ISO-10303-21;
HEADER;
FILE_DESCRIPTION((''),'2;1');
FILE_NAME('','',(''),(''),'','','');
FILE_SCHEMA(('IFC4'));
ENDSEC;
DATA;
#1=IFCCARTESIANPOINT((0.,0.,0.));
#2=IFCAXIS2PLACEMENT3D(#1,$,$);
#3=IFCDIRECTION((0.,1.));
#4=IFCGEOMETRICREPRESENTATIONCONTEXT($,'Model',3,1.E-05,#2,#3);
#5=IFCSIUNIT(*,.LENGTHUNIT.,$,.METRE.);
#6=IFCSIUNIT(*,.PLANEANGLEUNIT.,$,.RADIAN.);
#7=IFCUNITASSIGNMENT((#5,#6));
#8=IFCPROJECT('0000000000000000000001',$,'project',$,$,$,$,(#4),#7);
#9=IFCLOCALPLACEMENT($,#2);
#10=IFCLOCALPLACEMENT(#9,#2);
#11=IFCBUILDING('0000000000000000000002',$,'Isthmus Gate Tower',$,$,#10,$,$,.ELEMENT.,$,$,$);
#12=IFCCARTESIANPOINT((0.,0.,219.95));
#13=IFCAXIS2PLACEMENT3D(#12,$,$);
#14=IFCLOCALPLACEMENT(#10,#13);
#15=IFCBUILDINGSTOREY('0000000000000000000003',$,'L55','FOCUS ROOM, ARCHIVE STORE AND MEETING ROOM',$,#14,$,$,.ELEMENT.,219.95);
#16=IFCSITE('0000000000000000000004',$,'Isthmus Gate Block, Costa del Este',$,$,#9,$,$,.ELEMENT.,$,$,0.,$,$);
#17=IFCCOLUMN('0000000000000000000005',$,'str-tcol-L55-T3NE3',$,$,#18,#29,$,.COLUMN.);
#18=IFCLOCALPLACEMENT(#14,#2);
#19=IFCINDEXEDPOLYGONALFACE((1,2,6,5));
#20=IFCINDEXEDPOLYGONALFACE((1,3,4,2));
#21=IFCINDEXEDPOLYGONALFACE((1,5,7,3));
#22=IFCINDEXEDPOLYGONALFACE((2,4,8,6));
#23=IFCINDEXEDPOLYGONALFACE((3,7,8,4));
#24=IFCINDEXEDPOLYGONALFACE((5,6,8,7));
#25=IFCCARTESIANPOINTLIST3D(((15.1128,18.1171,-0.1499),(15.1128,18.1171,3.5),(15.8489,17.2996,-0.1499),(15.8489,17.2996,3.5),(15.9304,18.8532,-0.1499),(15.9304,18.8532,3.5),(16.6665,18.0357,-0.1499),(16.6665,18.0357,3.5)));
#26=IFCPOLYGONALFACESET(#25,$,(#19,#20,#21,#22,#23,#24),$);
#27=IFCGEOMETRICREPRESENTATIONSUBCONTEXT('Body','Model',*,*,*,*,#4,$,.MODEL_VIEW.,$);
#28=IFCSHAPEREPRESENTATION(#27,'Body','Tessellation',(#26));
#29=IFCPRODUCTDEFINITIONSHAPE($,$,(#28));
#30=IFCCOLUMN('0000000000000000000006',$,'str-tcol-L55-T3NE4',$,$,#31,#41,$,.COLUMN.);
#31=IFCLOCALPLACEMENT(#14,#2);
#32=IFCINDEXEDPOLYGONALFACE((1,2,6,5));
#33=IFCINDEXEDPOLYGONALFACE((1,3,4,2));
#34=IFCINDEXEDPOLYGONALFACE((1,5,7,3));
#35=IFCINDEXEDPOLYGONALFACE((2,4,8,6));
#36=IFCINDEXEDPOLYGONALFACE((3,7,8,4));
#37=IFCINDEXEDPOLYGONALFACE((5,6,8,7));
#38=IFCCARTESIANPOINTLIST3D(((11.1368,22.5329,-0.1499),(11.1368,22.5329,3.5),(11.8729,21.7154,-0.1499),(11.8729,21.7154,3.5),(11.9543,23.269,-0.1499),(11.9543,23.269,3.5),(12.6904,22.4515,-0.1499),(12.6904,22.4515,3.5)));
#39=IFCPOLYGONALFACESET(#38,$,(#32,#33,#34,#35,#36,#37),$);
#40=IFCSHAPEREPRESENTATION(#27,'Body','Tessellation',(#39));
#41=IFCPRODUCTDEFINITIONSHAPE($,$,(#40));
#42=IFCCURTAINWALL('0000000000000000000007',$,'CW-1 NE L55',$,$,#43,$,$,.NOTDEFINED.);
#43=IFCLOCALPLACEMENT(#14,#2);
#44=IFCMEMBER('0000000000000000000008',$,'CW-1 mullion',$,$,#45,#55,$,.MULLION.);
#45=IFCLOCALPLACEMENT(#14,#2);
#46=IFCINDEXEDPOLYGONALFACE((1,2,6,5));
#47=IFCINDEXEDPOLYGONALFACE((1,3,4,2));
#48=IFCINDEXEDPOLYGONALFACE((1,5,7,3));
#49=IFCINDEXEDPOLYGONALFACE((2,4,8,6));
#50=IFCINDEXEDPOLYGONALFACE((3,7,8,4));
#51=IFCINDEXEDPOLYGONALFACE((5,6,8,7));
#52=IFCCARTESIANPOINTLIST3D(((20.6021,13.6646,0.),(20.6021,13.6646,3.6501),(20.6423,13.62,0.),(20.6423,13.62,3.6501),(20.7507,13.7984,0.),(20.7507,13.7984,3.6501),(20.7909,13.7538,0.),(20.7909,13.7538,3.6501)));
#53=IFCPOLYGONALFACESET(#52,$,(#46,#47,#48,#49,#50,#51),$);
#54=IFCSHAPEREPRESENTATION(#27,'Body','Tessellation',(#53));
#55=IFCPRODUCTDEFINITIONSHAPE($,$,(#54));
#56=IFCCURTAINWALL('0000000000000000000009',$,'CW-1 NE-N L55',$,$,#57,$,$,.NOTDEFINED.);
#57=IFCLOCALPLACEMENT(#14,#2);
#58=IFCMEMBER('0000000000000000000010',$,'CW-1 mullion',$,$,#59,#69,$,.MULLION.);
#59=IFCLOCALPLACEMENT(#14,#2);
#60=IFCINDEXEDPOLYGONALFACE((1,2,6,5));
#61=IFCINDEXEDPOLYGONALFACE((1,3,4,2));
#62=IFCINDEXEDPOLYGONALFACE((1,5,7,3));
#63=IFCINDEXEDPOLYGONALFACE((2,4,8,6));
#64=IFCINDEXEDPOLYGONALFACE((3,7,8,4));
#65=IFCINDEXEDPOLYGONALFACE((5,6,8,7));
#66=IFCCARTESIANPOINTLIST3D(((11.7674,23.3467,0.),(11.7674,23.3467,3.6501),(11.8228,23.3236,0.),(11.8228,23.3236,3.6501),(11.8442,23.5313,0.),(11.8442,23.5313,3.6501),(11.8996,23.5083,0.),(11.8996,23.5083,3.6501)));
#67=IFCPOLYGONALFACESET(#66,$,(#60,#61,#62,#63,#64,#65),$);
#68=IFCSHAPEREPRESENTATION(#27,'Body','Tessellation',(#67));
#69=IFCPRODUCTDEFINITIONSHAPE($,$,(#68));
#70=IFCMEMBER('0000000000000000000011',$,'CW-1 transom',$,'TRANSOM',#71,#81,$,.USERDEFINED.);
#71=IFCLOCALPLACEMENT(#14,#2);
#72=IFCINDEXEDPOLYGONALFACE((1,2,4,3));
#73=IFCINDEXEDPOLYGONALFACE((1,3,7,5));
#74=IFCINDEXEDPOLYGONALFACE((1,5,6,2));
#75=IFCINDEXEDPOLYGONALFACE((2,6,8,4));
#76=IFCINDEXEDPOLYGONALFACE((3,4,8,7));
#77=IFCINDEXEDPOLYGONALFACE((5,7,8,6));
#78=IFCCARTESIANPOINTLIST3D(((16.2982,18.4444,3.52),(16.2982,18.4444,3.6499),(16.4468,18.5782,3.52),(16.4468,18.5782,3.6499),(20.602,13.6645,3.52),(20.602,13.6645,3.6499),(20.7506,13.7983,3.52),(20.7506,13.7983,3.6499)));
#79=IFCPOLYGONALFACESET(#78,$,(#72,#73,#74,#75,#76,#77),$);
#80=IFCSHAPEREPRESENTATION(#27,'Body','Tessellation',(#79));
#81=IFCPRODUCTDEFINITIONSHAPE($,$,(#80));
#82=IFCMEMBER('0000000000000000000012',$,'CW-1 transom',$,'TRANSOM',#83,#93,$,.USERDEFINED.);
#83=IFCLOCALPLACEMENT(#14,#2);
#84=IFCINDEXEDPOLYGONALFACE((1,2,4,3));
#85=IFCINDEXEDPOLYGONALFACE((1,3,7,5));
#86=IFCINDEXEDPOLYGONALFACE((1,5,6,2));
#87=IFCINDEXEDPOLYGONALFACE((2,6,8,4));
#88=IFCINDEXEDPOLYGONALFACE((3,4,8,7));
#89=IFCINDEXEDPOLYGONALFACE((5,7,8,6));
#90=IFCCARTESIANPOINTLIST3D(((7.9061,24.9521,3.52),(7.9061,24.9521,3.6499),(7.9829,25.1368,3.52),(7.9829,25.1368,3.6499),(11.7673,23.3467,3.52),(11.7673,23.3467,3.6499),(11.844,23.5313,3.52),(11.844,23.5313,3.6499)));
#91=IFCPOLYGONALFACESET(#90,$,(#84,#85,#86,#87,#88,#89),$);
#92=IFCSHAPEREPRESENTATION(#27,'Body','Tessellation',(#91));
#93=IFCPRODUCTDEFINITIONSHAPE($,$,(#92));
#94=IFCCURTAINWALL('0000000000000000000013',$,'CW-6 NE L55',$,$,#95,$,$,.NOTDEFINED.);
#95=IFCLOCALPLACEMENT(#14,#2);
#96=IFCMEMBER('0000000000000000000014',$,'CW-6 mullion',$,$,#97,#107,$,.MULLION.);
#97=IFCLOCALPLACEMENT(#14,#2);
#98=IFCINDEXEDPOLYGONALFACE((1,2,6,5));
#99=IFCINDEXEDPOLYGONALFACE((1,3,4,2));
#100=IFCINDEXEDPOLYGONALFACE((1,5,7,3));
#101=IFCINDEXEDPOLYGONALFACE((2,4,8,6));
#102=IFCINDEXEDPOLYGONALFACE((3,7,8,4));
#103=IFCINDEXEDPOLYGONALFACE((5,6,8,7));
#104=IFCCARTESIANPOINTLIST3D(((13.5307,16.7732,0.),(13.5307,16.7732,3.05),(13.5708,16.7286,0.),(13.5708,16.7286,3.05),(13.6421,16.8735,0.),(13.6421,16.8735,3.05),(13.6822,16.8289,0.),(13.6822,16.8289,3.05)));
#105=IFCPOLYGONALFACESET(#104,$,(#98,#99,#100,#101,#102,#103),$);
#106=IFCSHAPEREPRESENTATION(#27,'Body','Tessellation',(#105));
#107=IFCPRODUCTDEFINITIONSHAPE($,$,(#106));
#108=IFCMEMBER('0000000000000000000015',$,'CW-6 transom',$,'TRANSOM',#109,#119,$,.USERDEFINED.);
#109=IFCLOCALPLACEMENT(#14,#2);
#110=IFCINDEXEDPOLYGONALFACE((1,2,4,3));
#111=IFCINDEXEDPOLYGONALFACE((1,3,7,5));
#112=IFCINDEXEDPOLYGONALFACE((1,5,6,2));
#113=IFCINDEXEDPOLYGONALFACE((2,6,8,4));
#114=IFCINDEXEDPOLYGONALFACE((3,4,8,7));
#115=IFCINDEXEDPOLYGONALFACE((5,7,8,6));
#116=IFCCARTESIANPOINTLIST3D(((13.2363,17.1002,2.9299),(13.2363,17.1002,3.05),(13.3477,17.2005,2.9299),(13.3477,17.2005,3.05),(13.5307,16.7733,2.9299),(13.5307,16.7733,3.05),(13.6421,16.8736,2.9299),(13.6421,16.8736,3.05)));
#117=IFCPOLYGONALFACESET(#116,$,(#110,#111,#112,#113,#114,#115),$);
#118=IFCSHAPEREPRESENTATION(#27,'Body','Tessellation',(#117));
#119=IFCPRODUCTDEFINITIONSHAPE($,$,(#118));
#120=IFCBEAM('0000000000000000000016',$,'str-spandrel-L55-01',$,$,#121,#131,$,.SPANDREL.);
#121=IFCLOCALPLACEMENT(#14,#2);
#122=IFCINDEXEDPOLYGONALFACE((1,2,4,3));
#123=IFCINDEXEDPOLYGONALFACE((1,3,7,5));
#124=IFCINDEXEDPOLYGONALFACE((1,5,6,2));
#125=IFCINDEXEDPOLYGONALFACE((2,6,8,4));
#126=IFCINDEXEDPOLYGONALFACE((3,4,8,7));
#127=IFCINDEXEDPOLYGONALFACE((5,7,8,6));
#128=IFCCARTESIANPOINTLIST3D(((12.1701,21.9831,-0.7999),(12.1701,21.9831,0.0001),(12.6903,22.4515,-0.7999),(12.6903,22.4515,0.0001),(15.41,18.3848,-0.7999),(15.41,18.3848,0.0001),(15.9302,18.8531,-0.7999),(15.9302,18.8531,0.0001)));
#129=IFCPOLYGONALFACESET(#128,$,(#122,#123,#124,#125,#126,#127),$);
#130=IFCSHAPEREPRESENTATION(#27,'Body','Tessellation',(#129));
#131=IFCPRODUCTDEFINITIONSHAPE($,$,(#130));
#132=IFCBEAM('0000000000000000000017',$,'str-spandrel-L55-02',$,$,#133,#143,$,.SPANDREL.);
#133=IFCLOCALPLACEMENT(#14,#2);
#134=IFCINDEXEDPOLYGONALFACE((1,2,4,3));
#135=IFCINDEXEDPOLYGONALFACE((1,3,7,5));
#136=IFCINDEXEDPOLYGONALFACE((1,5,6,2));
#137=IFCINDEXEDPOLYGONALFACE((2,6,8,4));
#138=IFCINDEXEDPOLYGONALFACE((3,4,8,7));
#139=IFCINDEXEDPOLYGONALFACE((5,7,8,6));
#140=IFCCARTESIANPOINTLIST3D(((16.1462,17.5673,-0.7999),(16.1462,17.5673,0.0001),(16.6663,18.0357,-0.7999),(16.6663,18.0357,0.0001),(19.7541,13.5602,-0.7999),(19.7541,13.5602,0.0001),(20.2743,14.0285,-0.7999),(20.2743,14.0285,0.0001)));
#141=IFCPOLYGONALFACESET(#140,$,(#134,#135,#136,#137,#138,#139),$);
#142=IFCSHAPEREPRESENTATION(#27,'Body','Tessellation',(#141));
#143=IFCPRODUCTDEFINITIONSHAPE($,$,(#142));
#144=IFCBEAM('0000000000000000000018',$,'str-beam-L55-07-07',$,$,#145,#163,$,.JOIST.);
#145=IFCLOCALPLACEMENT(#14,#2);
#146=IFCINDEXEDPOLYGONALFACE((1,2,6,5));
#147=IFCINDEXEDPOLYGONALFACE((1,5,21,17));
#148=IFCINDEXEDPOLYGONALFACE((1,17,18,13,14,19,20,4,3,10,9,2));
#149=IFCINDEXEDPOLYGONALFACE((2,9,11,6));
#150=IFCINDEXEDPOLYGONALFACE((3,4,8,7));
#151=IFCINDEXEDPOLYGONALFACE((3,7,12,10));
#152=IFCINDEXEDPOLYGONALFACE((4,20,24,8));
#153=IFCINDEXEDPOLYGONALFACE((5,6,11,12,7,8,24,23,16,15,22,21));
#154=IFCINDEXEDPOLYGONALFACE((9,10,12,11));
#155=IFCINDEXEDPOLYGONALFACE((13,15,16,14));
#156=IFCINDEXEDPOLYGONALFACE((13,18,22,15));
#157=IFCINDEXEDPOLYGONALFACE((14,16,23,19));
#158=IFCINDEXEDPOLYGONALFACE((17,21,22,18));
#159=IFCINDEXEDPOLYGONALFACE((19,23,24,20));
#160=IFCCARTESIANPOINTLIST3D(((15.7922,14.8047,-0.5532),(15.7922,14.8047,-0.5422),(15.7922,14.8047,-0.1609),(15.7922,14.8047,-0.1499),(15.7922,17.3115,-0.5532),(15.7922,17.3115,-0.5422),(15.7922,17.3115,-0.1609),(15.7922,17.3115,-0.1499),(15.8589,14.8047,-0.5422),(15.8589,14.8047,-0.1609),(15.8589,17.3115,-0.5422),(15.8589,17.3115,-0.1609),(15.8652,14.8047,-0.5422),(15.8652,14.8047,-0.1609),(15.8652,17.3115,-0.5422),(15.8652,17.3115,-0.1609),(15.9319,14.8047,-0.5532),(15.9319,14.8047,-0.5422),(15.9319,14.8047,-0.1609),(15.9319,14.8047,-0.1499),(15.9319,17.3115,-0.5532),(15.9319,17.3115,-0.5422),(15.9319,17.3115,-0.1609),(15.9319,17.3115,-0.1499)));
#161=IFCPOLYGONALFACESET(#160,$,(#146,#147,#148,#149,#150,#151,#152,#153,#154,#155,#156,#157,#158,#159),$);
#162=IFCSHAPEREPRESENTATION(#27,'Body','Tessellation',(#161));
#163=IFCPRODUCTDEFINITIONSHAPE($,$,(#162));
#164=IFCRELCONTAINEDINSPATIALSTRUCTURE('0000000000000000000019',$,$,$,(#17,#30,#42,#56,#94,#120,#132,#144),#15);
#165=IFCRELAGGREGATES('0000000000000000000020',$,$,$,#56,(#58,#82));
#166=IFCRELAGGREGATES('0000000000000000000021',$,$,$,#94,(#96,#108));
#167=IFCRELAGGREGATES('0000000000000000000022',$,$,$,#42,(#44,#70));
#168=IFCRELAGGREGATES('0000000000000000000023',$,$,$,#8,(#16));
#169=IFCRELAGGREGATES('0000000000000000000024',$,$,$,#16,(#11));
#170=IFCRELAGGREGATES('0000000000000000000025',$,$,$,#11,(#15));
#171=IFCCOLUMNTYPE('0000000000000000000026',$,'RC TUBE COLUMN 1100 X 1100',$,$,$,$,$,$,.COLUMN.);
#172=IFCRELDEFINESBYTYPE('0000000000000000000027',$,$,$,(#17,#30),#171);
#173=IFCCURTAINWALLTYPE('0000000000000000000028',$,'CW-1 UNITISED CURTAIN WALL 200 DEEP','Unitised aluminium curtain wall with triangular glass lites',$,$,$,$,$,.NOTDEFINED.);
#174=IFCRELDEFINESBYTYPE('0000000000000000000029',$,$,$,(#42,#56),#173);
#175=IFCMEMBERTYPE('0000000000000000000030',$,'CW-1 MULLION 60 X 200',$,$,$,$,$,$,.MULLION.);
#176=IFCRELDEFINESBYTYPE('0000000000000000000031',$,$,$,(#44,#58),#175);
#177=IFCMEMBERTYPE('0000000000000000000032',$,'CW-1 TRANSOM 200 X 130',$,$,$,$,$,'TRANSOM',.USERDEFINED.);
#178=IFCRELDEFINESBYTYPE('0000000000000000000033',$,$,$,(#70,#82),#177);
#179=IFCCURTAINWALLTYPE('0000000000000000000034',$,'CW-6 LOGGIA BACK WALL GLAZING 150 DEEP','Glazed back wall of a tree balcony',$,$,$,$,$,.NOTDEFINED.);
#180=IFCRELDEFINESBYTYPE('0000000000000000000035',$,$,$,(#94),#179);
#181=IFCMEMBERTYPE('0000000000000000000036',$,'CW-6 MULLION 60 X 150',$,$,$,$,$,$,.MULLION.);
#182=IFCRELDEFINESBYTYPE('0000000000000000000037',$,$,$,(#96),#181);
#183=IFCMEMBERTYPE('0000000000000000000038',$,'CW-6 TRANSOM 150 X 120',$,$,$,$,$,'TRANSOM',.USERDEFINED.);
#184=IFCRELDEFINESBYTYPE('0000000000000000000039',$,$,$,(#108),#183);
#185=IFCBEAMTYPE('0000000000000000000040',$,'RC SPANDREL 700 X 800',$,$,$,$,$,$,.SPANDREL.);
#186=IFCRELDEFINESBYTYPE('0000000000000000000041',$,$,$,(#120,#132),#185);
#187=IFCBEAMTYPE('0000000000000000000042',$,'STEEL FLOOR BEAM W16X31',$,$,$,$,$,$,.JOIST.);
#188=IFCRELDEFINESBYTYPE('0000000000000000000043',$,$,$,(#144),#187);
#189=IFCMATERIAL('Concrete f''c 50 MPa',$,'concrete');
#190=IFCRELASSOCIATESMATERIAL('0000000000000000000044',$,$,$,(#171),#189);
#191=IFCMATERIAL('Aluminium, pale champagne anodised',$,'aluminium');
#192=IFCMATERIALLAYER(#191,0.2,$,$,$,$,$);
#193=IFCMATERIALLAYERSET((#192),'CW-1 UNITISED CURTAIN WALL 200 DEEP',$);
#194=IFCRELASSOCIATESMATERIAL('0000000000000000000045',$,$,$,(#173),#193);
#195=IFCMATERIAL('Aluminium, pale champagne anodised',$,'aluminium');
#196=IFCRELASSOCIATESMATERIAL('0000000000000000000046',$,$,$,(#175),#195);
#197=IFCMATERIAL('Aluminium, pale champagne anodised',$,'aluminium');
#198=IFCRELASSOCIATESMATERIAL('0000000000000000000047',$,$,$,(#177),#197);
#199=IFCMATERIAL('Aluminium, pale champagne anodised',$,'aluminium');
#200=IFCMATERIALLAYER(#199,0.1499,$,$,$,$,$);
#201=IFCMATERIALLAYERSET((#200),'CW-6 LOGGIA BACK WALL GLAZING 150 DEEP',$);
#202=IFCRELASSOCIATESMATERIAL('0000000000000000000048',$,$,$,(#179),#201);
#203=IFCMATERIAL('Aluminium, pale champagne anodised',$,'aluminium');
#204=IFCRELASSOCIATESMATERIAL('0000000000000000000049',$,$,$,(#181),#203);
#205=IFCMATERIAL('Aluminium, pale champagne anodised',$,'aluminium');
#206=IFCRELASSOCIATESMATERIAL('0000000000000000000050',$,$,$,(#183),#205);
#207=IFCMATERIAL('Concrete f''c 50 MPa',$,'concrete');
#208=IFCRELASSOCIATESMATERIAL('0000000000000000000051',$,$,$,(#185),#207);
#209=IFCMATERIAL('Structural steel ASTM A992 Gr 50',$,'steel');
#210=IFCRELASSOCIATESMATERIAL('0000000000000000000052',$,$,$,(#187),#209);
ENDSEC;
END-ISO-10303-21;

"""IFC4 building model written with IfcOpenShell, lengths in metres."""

from ifc_helpers import new_model, si_unit, direction, frame, origin, origin_2d, place, context, subcontext, project, spatial, rectangle, i_section, extrude, material, layer, layer_set, material_profile, profile_set, type_object, element, aggregate, save


model = new_model("IFC4")

# Units and contexts
model_context = context("Model", 3, precision=1e-05, world=origin(), true_north=direction((0.0, 1.0)))
body_context = subcontext(model_context, "Body", "Model", "MODEL_VIEW")
ifc_project = project(units=[si_unit("LENGTHUNIT", "METRE"), si_unit("PLANEANGLEUNIT", "RADIAN")], contexts=[model_context])

# Site, building, storey
site_placement = place(None, origin())
site = spatial("IfcSite", under=ifc_project, at=site_placement, Name="Isthmus Gate Block, Costa del Este", CompositionType="ELEMENT", RefElevation=0.0)
building_placement = place(site_placement, origin())
building = spatial("IfcBuilding", under=site, at=building_placement, Name="Isthmus Gate Tower", CompositionType="ELEMENT")
storey_placement = place(building_placement, frame((0.0, 0.0, 219.95)))
storey = spatial("IfcBuildingStorey", under=building, at=storey_placement, Name="L55", Description="FOCUS ROOM, ARCHIVE STORE AND MEETING ROOM", CompositionType="ELEMENT", Elevation=219.95)

# Columns
ifc_material_1 = material(Name="Concrete f'c 50 MPa", Category="concrete")
ifc_material_profile_1 = material_profile(ifc_material_1, rectangle(XDim=1.1001, YDim=1.1001, at=origin_2d()), Name="RC 1100X1100")
ifc_profile_set_1 = profile_set([ifc_material_profile_1], Name="Concrete f'c 50 MPa")
column_type = type_object("IfcColumnType", Name="RC TUBE COLUMN 1100 X 1100", PredefinedType="COLUMN", material=ifc_profile_set_1)
for number, where, z_axis, x_axis, name in (
    (1, (15.8896, 18.0764, -0.1499), (0.0, 0.0, 1.0), (-0.669131, 0.743145, 0.0), "str-tcol-L55-T3NE3"),
    (2, (11.9136, 22.4922, -0.1499), (0.0, 0.0, 1.0), (-0.669131, 0.743145, 0.0), "str-tcol-L55-T3NE4"),
):
    element("IfcColumn", number, at=place(storey_placement, frame(where, z_axis=z_axis, x_axis=x_axis)), inside=storey, type_object=column_type, Name=name, PredefinedType="COLUMN", context=body_context, shape_type="SweptSolid", body=[
        extrude(rectangle(XDim=1.1001, YDim=1.1001, at=origin_2d()), origin(), (0.0, 0.0, 1.0), 3.6499),
    ])

# Curtain walls, members
ifc_material_2 = material(Name="Aluminium, pale champagne anodised", Category="aluminium")
ifc_layer_1 = layer(ifc_material_2, 0.2)
ifc_layer_set_1 = layer_set([ifc_layer_1], Name="CW-1 UNITISED CURTAIN WALL 200 DEEP")
curtain_wall_type_1 = type_object("IfcCurtainWallType", Name="CW-1 UNITISED CURTAIN WALL 200 DEEP", Description="Unitised aluminium curtain wall with triangular glass lites", PredefinedType="NOTDEFINED", material=ifc_layer_set_1)
curtain_wall_1_placement = place(storey_placement, origin())
curtain_wall_1 = element("IfcCurtainWall", 3, at=curtain_wall_1_placement, inside=storey, type_object=curtain_wall_type_1, Name="CW-1 NE L55", PredefinedType="NOTDEFINED")
ifc_material_3 = material(Name="Aluminium, pale champagne anodised", Category="aluminium")
ifc_material_profile_2 = material_profile(ifc_material_3, rectangle(XDim=0.0601, YDim=0.2, at=origin_2d()), Name="60x200")
ifc_profile_set_2 = profile_set([ifc_material_profile_2], Name="Aluminium, pale champagne anodised")
member_type_1 = type_object("IfcMemberType", Name="CW-1 MULLION 60 X 200", PredefinedType="MULLION", material=ifc_profile_set_2)
member_1_placement = place(storey_placement, frame((20.6965, 13.7092, 0.0), z_axis=(0.0, 0.0, 1.0), x_axis=(-0.669131, 0.743145, 0.0)))
member_1 = element("IfcMember", 4, at=member_1_placement, type_object=member_type_1, Name="CW-1 mullion", PredefinedType="MULLION", context=body_context, shape_type="SweptSolid", body=[
    extrude(rectangle(XDim=0.0601, YDim=0.2, at=origin_2d()), origin(), (0.0, 0.0, 1.0), 3.6501),
])
curtain_wall_2_placement = place(storey_placement, origin())
curtain_wall_2 = element("IfcCurtainWall", 5, at=curtain_wall_2_placement, inside=storey, type_object=curtain_wall_type_1, Name="CW-1 NE-N L55", PredefinedType="NOTDEFINED")
member_2_placement = place(storey_placement, frame((11.8335, 23.4275, 0.0), z_axis=(0.0, 0.0, 1.0), x_axis=(-0.923353, 0.383952, 0.0)))
member_2 = element("IfcMember", 6, at=member_2_placement, type_object=member_type_1, Name="CW-1 mullion", PredefinedType="MULLION", context=body_context, shape_type="SweptSolid", body=[
    extrude(rectangle(XDim=0.0601, YDim=0.2, at=origin_2d()), origin(), (0.0, 0.0, 1.0), 3.6501),
])

# Members
ifc_material_4 = material(Name="Aluminium, pale champagne anodised", Category="aluminium")
ifc_material_profile_3 = material_profile(ifc_material_4, rectangle(XDim=0.2, YDim=0.1299, at=origin_2d()), Name="200x130")
ifc_profile_set_3 = profile_set([ifc_material_profile_3], Name="Aluminium, pale champagne anodised")
member_type_2 = type_object("IfcMemberType", Name="CW-1 TRANSOM 200 X 130", ElementType="TRANSOM", PredefinedType="USERDEFINED", material=ifc_profile_set_3)
member_3_placement = place(storey_placement, frame((20.6763, 13.7314, 3.585), z_axis=(-0.669128, 0.743147, 0.0), x_axis=(-0.743147, -0.669128, 0.0)))
member_3 = element("IfcMember", 7, at=member_3_placement, type_object=member_type_2, Name="CW-1 transom", ObjectType="TRANSOM", PredefinedType="USERDEFINED", context=body_context, shape_type="SweptSolid", body=[
    extrude(rectangle(XDim=0.2, YDim=0.1299, at=origin_2d()), origin(), (0.0, 0.0, 1.0), 6.4319),
])
member_4_placement = place(storey_placement, frame((11.8057, 23.439, 3.585), z_axis=(-0.923358, 0.38394, 0.0), x_axis=(-0.38394, -0.923358, 0.0)))
member_4 = element("IfcMember", 8, at=member_4_placement, type_object=member_type_2, Name="CW-1 transom", ObjectType="TRANSOM", PredefinedType="USERDEFINED", context=body_context, shape_type="SweptSolid", body=[
    extrude(rectangle(XDim=0.2, YDim=0.1299, at=origin_2d()), origin(), (0.0, 0.0, 1.0), 4.1816),
])
aggregate(curtain_wall_2, [member_2, member_4])

# Curtain wall, members
ifc_material_5 = material(Name="Aluminium, pale champagne anodised", Category="aluminium")
ifc_layer_2 = layer(ifc_material_5, 0.1499)
ifc_layer_set_2 = layer_set([ifc_layer_2], Name="CW-6 LOGGIA BACK WALL GLAZING 150 DEEP")
curtain_wall_type_2 = type_object("IfcCurtainWallType", Name="CW-6 LOGGIA BACK WALL GLAZING 150 DEEP", Description="Glazed back wall of a tree balcony", PredefinedType="NOTDEFINED", material=ifc_layer_set_2)
curtain_wall_3_placement = place(storey_placement, origin())
curtain_wall_3 = element("IfcCurtainWall", 9, at=curtain_wall_3_placement, inside=storey, type_object=curtain_wall_type_2, Name="CW-6 NE L55", PredefinedType="NOTDEFINED")
ifc_material_6 = material(Name="Aluminium, pale champagne anodised", Category="aluminium")
ifc_material_profile_4 = material_profile(ifc_material_6, rectangle(XDim=0.0601, YDim=0.1499, at=origin_2d()), Name="60x150")
ifc_profile_set_4 = profile_set([ifc_material_profile_4], Name="Aluminium, pale champagne anodised")
member_type_3 = type_object("IfcMemberType", Name="CW-6 MULLION 60 X 150", PredefinedType="MULLION", material=ifc_profile_set_4)
member_5_placement = place(storey_placement, frame((13.6064, 16.801, 0.0), z_axis=(0.0, 0.0, 1.0), x_axis=(-0.669131, 0.743145, 0.0)))
member_5 = element("IfcMember", 10, at=member_5_placement, type_object=member_type_3, Name="CW-6 mullion", PredefinedType="MULLION", context=body_context, shape_type="SweptSolid", body=[
    extrude(rectangle(XDim=0.0601, YDim=0.1499, at=origin_2d()), origin(), (0.0, 0.0, 1.0), 3.05),
])
ifc_material_7 = material(Name="Aluminium, pale champagne anodised", Category="aluminium")
ifc_material_profile_5 = material_profile(ifc_material_7, rectangle(XDim=0.1499, YDim=0.1201, at=origin_2d()), Name="150x120")
ifc_profile_set_5 = profile_set([ifc_material_profile_5], Name="Aluminium, pale champagne anodised")
member_type_4 = type_object("IfcMemberType", Name="CW-6 TRANSOM 150 X 120", ElementType="TRANSOM", PredefinedType="USERDEFINED", material=ifc_profile_set_5)
member_6_placement = place(storey_placement, frame((13.5864, 16.8235, 2.99), z_axis=(-0.669241, 0.743046, 0.0), x_axis=(-0.743046, -0.669241, 0.0)))
member_6 = element("IfcMember", 11, at=member_6_placement, type_object=member_type_4, Name="CW-6 transom", ObjectType="TRANSOM", PredefinedType="USERDEFINED", context=body_context, shape_type="SweptSolid", body=[
    extrude(rectangle(XDim=0.1499, YDim=0.1201, at=origin_2d()), origin(), (0.0, 0.0, 1.0), 0.4399),
])

# Beams
ifc_material_8 = material(Name="Concrete f'c 50 MPa", Category="concrete")
ifc_material_profile_6 = material_profile(ifc_material_8, rectangle(XDim=0.7, YDim=0.8, at=origin_2d()), Name="RC 700X800")
ifc_profile_set_6 = profile_set([ifc_material_profile_6], Name="Concrete f'c 50 MPa")
beam_type_1 = type_object("IfcBeamType", Name="RC SPANDREL 700 X 800", PredefinedType="SPANDREL", material=ifc_profile_set_6)
beam_1_placement = place(storey_placement, frame((12.4302, 22.2173, -0.3999), z_axis=(0.669129, -0.743146, 0.0), x_axis=(0.743146, 0.669129, 0.0)))
element("IfcBeam", 12, at=beam_1_placement, inside=storey, type_object=beam_type_1, Name="str-spandrel-L55-01", PredefinedType="SPANDREL", context=body_context, shape_type="SweptSolid", body=[
    extrude(rectangle(XDim=0.7, YDim=0.8, at=origin_2d()), origin(), (0.0, 0.0, 1.0), 4.842),
])
beam_2_placement = place(storey_placement, frame((16.4062, 17.8015, -0.3999), z_axis=(0.669122, -0.743152, 0.0), x_axis=(0.743152, 0.669122, 0.0)))
element("IfcBeam", 13, at=beam_2_placement, inside=storey, type_object=beam_type_1, Name="str-spandrel-L55-02", PredefinedType="SPANDREL", context=body_context, shape_type="SweptSolid", body=[
    extrude(rectangle(XDim=0.7, YDim=0.8, at=origin_2d()), origin(), (0.0, 0.0, 1.0), 5.3921),
])
ifc_material_9 = material(Name="Structural steel ASTM A992 Gr 50", Category="steel")
ifc_material_profile_7 = material_profile(ifc_material_9, i_section(OverallWidth=0.1396, OverallDepth=0.4033, WebThickness=0.0063, FlangeThickness=0.011, at=origin_2d()), Name="W16X31")
ifc_profile_set_7 = profile_set([ifc_material_profile_7], Name="Structural steel ASTM A992 Gr 50")
beam_type_2 = type_object("IfcBeamType", Name="STEEL FLOOR BEAM W16X31", PredefinedType="JOIST", material=ifc_profile_set_7)
beam_3_placement = place(storey_placement, frame((15.8621, 14.8047, -0.3516), z_axis=(0.0, 1.0, 0.0), x_axis=(-1.0, 0.0, 0.0)))
element("IfcBeam", 14, at=beam_3_placement, inside=storey, type_object=beam_type_2, Name="str-beam-L55-07-07", PredefinedType="JOIST", context=body_context, shape_type="SweptSolid", body=[
    extrude(i_section(OverallWidth=0.1396, OverallDepth=0.4033, WebThickness=0.0063, FlangeThickness=0.011, at=origin_2d()), origin(), (0.0, 0.0, 1.0), 2.5068),
])

aggregate(curtain_wall_3, [member_5, member_6])

aggregate(curtain_wall_1, [member_1, member_3])

save(model, "model.ifc")
